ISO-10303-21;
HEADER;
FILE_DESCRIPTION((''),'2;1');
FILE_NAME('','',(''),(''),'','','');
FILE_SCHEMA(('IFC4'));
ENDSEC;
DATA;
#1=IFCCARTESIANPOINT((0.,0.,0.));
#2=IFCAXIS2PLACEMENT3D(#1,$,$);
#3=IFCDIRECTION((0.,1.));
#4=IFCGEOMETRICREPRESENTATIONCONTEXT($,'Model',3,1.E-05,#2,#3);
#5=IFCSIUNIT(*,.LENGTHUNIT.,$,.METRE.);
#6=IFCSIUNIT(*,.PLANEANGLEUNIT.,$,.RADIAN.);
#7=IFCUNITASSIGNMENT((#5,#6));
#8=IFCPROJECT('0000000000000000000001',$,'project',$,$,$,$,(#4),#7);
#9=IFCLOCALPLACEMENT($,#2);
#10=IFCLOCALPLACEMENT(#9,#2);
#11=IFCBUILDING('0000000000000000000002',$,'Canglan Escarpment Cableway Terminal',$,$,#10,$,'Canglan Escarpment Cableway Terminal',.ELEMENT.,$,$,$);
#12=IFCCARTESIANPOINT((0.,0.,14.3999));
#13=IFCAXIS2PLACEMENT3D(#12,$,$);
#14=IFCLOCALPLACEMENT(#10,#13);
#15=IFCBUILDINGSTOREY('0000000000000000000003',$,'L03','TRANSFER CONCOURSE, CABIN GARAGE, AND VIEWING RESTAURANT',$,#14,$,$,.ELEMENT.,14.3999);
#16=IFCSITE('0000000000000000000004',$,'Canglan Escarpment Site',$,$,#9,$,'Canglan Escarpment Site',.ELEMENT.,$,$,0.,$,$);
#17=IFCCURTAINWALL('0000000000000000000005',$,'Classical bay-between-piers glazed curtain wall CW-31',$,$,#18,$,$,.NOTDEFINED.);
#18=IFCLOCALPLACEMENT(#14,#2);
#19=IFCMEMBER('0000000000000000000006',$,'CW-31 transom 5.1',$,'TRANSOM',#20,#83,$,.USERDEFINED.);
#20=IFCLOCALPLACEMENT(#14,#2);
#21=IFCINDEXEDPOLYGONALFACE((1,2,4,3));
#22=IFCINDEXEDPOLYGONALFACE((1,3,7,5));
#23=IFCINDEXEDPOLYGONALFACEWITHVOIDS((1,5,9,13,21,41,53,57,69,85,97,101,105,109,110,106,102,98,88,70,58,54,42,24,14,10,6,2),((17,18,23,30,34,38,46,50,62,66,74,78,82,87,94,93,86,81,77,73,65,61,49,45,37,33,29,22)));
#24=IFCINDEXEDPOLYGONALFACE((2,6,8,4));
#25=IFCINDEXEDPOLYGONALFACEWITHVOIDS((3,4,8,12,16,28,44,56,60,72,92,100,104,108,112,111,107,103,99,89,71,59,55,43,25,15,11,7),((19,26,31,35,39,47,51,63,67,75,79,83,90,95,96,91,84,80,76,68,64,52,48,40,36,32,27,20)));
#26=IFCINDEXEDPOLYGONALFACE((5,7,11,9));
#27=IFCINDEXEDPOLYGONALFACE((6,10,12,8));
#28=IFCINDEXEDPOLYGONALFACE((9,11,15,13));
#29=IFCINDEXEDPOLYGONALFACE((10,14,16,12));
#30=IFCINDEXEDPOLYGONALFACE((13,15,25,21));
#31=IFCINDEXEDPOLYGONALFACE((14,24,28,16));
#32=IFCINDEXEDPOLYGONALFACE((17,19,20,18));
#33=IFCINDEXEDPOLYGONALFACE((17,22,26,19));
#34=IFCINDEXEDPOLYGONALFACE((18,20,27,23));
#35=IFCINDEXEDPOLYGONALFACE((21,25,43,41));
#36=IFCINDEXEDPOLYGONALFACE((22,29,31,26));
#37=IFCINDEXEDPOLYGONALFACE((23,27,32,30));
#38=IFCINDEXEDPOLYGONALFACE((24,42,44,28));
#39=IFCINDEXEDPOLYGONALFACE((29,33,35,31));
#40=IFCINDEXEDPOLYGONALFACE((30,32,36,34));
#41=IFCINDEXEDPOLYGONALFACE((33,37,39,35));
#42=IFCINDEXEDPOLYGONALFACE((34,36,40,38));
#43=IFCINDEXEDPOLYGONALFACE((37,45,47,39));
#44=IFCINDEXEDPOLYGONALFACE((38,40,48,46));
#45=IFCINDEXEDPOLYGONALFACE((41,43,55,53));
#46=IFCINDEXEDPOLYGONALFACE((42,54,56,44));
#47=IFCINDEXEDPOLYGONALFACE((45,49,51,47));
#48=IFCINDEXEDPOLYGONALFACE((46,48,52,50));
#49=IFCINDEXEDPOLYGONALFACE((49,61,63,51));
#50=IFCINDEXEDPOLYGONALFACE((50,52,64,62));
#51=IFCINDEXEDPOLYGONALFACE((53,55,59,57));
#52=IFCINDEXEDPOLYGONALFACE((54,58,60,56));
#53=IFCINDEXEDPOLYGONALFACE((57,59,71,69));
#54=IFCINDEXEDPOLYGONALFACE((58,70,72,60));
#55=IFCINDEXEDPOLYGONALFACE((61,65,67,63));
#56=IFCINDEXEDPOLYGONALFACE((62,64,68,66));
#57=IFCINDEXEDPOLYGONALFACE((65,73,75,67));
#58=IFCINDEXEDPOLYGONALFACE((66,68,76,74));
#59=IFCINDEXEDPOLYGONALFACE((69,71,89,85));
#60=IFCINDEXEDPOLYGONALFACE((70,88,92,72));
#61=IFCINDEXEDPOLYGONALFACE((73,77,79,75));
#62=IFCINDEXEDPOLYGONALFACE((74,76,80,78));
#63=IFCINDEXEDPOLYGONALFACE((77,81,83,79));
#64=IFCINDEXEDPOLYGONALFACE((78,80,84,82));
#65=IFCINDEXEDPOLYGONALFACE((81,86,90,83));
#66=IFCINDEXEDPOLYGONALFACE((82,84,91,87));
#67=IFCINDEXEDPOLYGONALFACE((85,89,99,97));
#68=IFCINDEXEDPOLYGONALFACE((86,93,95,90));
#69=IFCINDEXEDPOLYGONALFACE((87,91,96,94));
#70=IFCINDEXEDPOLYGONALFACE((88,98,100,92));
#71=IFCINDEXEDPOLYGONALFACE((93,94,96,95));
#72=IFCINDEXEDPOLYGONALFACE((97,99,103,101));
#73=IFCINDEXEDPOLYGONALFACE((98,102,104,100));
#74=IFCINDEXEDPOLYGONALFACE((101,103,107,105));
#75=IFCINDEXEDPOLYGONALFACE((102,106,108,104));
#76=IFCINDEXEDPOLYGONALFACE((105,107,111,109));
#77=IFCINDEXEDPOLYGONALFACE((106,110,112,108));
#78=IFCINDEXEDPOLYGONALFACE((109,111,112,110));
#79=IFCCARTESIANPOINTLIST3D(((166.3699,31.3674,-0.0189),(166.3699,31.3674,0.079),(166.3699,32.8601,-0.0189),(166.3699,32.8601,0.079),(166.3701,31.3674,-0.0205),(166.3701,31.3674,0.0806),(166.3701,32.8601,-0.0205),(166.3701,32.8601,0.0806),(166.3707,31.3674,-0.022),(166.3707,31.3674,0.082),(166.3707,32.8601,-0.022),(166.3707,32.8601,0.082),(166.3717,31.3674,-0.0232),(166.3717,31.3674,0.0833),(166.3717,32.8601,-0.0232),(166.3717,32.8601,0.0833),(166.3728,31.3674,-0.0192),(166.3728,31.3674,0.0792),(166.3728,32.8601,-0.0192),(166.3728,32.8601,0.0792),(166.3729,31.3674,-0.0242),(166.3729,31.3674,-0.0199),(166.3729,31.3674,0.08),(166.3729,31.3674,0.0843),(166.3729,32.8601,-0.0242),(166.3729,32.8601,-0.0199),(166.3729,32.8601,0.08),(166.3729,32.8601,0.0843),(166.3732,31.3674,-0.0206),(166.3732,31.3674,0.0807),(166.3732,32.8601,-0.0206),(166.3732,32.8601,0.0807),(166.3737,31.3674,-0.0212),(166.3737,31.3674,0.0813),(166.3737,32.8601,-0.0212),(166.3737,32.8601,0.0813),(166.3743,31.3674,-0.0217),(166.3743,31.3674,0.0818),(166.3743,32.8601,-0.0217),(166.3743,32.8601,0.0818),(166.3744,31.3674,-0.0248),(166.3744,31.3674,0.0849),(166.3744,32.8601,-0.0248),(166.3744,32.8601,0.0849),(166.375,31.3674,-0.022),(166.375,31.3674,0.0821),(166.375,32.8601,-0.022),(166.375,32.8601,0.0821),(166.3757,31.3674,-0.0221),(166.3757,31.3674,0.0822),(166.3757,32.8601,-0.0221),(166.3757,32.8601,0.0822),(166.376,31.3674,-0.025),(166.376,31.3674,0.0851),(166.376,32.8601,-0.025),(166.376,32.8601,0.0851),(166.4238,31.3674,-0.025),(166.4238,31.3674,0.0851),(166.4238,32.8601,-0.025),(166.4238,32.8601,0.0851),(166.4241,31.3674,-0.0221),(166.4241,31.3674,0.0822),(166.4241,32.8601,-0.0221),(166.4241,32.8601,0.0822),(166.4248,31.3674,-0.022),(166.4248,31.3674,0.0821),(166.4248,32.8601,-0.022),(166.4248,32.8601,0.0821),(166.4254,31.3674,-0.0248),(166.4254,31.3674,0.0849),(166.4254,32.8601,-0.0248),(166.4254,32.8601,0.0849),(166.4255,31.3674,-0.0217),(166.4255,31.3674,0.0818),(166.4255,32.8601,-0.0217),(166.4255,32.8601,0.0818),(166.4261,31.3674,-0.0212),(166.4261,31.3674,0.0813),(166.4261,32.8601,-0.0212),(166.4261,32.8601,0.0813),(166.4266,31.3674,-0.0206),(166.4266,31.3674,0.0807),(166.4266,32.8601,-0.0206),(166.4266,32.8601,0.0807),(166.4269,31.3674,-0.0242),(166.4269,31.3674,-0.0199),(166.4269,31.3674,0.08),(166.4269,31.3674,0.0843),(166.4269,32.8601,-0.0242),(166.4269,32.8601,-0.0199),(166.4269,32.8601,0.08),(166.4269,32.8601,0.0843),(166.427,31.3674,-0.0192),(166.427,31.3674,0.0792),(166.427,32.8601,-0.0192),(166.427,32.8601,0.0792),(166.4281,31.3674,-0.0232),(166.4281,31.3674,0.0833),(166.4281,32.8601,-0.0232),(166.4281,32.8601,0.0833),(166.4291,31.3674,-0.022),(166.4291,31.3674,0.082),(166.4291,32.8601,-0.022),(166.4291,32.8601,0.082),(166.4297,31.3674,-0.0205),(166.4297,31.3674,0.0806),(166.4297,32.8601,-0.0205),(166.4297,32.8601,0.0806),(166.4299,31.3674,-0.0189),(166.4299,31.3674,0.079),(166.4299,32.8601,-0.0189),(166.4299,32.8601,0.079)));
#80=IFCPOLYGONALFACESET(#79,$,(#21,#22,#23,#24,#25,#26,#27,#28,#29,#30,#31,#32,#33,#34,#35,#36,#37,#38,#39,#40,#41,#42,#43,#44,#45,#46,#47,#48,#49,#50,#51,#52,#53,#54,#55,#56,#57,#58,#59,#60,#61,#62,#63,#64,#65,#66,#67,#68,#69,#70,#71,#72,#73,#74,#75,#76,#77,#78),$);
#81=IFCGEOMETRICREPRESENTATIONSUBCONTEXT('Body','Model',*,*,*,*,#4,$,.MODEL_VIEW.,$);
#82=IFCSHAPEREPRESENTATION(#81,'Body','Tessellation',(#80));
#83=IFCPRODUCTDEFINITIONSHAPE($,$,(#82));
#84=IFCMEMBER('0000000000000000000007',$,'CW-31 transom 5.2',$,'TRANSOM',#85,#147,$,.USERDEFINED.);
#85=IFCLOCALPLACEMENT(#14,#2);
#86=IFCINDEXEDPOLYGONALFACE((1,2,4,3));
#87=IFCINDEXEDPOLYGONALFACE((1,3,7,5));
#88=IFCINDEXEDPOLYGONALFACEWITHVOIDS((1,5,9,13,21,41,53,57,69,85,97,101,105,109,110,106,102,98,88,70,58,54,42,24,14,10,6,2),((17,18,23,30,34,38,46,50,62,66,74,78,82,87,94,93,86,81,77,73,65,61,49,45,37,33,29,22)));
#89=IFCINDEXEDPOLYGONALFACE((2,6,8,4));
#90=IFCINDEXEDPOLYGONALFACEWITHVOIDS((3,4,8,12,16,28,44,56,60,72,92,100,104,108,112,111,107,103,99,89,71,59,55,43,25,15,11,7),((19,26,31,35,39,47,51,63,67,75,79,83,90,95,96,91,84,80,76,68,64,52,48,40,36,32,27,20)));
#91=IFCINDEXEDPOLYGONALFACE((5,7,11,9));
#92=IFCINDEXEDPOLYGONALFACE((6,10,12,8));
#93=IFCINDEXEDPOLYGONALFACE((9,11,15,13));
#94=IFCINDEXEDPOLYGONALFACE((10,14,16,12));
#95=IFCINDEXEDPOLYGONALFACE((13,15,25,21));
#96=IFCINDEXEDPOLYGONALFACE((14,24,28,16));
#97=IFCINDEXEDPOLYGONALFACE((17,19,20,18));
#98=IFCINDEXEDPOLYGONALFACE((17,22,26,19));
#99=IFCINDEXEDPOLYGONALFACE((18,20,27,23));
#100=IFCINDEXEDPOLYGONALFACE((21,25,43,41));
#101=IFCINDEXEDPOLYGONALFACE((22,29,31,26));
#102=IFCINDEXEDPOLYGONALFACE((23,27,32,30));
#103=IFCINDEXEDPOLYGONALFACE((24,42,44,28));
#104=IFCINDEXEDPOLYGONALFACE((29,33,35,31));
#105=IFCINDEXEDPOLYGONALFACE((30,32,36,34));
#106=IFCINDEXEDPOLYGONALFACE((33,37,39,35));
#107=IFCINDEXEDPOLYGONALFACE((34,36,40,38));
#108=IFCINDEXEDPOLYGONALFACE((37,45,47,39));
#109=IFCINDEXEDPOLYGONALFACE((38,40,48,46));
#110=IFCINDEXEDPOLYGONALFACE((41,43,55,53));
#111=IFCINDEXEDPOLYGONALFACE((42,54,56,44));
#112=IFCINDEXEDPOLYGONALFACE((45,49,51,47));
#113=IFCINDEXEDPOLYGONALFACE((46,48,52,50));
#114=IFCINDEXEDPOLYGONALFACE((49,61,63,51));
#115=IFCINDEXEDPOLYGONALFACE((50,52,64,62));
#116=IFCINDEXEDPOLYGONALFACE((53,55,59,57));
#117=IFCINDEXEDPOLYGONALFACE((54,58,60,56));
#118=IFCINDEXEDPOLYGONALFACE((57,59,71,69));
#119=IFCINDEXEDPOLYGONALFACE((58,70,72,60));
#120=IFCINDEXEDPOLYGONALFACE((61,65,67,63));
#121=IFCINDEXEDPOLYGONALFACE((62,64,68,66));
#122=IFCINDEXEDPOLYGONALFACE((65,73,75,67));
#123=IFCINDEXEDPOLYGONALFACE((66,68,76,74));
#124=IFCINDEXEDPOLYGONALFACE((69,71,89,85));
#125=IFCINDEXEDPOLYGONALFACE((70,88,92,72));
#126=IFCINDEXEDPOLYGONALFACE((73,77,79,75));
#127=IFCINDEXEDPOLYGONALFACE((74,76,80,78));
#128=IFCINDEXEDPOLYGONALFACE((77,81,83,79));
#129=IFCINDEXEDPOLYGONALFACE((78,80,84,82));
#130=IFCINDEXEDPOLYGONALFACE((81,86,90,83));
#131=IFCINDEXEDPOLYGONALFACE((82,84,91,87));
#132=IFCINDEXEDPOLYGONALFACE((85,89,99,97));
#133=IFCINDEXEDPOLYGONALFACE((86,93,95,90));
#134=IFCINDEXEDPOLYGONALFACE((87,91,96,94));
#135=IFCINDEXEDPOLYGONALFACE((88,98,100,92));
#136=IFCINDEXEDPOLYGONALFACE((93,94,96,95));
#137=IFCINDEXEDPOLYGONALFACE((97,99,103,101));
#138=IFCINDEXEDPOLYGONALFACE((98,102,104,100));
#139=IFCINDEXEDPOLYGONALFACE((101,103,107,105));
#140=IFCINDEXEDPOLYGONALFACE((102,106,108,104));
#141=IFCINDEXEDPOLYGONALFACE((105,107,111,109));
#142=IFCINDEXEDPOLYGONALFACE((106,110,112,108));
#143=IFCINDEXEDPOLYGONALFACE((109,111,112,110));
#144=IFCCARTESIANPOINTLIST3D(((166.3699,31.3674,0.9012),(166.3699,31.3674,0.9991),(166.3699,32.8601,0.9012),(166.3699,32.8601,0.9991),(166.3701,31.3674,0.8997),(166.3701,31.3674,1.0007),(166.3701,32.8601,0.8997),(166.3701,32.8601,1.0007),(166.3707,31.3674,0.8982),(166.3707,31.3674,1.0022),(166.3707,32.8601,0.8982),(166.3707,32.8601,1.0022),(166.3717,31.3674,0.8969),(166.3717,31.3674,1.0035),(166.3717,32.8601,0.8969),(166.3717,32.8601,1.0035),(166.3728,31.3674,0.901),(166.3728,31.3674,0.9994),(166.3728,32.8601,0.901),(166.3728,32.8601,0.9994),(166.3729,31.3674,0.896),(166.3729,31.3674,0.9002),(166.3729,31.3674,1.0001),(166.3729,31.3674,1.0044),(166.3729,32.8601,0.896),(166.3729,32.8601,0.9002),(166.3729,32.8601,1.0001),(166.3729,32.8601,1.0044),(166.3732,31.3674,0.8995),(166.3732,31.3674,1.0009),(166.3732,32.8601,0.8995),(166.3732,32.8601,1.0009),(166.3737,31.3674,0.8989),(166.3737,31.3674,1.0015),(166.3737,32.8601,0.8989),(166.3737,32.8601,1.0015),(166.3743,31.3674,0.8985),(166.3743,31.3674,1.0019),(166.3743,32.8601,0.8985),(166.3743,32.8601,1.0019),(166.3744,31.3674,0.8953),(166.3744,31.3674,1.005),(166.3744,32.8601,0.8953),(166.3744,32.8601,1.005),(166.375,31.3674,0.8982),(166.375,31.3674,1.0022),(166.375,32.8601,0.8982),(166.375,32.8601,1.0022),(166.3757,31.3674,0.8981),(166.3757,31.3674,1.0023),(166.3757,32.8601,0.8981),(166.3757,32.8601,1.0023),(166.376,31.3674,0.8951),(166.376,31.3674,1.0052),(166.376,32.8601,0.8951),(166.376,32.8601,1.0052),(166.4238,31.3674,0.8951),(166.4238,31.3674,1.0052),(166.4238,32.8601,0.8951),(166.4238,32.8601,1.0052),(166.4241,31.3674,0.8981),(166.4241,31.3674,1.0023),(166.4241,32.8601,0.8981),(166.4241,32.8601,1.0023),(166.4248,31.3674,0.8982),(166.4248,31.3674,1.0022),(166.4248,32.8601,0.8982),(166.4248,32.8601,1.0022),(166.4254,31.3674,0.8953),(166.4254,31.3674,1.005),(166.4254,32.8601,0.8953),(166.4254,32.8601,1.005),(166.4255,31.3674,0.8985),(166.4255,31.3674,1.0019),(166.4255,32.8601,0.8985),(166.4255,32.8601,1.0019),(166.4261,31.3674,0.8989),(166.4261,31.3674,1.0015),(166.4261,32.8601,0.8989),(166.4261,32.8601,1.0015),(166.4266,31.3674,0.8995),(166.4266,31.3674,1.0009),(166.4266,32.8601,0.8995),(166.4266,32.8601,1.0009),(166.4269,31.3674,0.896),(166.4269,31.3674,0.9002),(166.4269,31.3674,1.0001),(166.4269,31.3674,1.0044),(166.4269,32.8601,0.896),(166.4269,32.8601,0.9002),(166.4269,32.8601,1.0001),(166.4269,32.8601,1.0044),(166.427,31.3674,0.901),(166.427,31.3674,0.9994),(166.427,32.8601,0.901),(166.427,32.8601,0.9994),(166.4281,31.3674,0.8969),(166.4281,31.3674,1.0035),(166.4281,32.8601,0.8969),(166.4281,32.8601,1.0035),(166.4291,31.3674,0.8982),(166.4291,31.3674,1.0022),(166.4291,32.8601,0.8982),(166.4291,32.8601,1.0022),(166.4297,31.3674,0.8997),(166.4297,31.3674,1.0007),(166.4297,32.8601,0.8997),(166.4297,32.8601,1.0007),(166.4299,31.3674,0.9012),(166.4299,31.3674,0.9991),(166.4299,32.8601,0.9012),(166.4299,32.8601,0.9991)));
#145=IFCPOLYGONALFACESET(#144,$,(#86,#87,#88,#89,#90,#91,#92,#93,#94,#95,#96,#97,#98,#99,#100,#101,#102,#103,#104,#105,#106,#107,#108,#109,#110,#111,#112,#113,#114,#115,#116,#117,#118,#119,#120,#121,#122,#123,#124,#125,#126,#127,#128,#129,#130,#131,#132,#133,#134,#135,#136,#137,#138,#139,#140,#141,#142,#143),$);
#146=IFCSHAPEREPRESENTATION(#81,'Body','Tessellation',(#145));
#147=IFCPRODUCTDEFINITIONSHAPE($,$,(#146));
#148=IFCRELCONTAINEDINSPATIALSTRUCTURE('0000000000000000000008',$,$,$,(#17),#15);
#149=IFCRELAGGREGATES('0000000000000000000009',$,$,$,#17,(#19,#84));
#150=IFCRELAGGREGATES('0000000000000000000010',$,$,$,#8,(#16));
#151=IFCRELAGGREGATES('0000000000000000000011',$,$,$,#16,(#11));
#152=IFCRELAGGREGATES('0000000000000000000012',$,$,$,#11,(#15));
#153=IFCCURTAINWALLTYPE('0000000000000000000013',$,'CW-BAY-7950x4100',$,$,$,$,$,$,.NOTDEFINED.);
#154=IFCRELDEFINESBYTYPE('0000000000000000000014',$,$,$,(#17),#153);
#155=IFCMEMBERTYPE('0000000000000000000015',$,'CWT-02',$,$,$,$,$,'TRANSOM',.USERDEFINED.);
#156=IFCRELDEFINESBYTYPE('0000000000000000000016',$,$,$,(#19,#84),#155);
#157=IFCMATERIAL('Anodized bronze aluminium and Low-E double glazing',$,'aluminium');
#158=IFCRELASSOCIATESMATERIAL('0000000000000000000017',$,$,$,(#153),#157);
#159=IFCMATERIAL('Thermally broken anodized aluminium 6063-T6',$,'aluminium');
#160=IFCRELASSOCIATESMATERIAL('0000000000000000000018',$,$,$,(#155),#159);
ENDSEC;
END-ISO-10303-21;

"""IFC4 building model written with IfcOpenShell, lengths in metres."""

from ifc_helpers import new_model, si_unit, direction, frame, origin, origin_2d, place, context, subcontext, project, spatial, hollow_rectangle, extrude, material, material_profile, profile_set, type_object, element, aggregate, save


model = new_model("IFC4")

# Units and contexts
model_context = context("Model", 3, precision=1e-05, world=origin(), true_north=direction((0.0, 1.0)))
body_context = subcontext(model_context, "Body", "Model", "MODEL_VIEW")
ifc_project = project(units=[si_unit("LENGTHUNIT", "METRE"), si_unit("PLANEANGLEUNIT", "RADIAN")], contexts=[model_context])

# Site, building, storey
site_placement = place(None, origin())
site = spatial("IfcSite", under=ifc_project, at=site_placement, Name="Canglan Escarpment Site", LongName="Canglan Escarpment Site", CompositionType="ELEMENT", RefElevation=0.0)
building_placement = place(site_placement, origin())
building = spatial("IfcBuilding", under=site, at=building_placement, Name="Canglan Escarpment Cableway Terminal", LongName="Canglan Escarpment Cableway Terminal", CompositionType="ELEMENT")
storey_placement = place(building_placement, frame((0.0, 0.0, 14.3999)))
storey = spatial("IfcBuildingStorey", under=building, at=storey_placement, Name="L03", Description="TRANSFER CONCOURSE, CABIN GARAGE, AND VIEWING RESTAURANT", CompositionType="ELEMENT", Elevation=14.3999)

# Curtain wall, members
ifc_material_1 = material(Name="Anodized bronze aluminium and Low-E double glazing", Category="aluminium")
curtain_wall_type = type_object("IfcCurtainWallType", Name="CW-BAY-7950x4100", PredefinedType="NOTDEFINED", material=ifc_material_1)
curtain_wall_placement = place(storey_placement, origin())
curtain_wall = element("IfcCurtainWall", 1, at=curtain_wall_placement, inside=storey, type_object=curtain_wall_type, Name="Classical bay-between-piers glazed curtain wall CW-31", PredefinedType="NOTDEFINED")
ifc_material_2 = material(Name="Thermally broken anodized aluminium 6063-T6", Category="aluminium")
ifc_material_profile_1 = material_profile(ifc_material_2, hollow_rectangle(XDim=0.0601, YDim=0.1101, WallThickness=0.0029, InnerFilletRadius=0.0029, OuterFilletRadius=0.0061, at=origin_2d()), Name="ALU-TRAN 60x110x3")
ifc_profile_set_1 = profile_set([ifc_material_profile_1], Name="Thermally broken anodized aluminium 6063-T6")
member_type_1 = type_object("IfcMemberType", Name="CWT-02", ElementType="TRANSOM", PredefinedType="USERDEFINED", material=ifc_profile_set_1)
member_1_placement = place(storey_placement, frame((166.3999, 31.3674, 0.03), z_axis=(0.0, 1.0, 0.0), x_axis=(-1.0, 0.0, 0.0)))
member_1 = element("IfcMember", 2, at=member_1_placement, type_object=member_type_1, Name="CW-31 transom 5.1", ObjectType="TRANSOM", PredefinedType="USERDEFINED", context=body_context, shape_type="SweptSolid", body=[
    extrude(hollow_rectangle(XDim=0.0601, YDim=0.1101, WallThickness=0.0029, InnerFilletRadius=0.0029, OuterFilletRadius=0.0061, at=origin_2d()), origin(), (0.0, 0.0, 1.0), 1.4927),
])
member_2_placement = place(storey_placement, frame((166.3999, 31.3674, 0.9502), z_axis=(0.0, 1.0, 0.0), x_axis=(-1.0, 0.0, 0.0)))
member_2 = element("IfcMember", 3, at=member_2_placement, type_object=member_type_1, Name="CW-31 transom 5.2", ObjectType="TRANSOM", PredefinedType="USERDEFINED", context=body_context, shape_type="SweptSolid", body=[
    extrude(hollow_rectangle(XDim=0.0601, YDim=0.1101, WallThickness=0.0029, InnerFilletRadius=0.0029, OuterFilletRadius=0.0061, at=origin_2d()), origin(), (0.0, 0.0, 1.0), 1.4927),
])

aggregate(curtain_wall, [member_1, member_2])

save(model, "model.ifc")
